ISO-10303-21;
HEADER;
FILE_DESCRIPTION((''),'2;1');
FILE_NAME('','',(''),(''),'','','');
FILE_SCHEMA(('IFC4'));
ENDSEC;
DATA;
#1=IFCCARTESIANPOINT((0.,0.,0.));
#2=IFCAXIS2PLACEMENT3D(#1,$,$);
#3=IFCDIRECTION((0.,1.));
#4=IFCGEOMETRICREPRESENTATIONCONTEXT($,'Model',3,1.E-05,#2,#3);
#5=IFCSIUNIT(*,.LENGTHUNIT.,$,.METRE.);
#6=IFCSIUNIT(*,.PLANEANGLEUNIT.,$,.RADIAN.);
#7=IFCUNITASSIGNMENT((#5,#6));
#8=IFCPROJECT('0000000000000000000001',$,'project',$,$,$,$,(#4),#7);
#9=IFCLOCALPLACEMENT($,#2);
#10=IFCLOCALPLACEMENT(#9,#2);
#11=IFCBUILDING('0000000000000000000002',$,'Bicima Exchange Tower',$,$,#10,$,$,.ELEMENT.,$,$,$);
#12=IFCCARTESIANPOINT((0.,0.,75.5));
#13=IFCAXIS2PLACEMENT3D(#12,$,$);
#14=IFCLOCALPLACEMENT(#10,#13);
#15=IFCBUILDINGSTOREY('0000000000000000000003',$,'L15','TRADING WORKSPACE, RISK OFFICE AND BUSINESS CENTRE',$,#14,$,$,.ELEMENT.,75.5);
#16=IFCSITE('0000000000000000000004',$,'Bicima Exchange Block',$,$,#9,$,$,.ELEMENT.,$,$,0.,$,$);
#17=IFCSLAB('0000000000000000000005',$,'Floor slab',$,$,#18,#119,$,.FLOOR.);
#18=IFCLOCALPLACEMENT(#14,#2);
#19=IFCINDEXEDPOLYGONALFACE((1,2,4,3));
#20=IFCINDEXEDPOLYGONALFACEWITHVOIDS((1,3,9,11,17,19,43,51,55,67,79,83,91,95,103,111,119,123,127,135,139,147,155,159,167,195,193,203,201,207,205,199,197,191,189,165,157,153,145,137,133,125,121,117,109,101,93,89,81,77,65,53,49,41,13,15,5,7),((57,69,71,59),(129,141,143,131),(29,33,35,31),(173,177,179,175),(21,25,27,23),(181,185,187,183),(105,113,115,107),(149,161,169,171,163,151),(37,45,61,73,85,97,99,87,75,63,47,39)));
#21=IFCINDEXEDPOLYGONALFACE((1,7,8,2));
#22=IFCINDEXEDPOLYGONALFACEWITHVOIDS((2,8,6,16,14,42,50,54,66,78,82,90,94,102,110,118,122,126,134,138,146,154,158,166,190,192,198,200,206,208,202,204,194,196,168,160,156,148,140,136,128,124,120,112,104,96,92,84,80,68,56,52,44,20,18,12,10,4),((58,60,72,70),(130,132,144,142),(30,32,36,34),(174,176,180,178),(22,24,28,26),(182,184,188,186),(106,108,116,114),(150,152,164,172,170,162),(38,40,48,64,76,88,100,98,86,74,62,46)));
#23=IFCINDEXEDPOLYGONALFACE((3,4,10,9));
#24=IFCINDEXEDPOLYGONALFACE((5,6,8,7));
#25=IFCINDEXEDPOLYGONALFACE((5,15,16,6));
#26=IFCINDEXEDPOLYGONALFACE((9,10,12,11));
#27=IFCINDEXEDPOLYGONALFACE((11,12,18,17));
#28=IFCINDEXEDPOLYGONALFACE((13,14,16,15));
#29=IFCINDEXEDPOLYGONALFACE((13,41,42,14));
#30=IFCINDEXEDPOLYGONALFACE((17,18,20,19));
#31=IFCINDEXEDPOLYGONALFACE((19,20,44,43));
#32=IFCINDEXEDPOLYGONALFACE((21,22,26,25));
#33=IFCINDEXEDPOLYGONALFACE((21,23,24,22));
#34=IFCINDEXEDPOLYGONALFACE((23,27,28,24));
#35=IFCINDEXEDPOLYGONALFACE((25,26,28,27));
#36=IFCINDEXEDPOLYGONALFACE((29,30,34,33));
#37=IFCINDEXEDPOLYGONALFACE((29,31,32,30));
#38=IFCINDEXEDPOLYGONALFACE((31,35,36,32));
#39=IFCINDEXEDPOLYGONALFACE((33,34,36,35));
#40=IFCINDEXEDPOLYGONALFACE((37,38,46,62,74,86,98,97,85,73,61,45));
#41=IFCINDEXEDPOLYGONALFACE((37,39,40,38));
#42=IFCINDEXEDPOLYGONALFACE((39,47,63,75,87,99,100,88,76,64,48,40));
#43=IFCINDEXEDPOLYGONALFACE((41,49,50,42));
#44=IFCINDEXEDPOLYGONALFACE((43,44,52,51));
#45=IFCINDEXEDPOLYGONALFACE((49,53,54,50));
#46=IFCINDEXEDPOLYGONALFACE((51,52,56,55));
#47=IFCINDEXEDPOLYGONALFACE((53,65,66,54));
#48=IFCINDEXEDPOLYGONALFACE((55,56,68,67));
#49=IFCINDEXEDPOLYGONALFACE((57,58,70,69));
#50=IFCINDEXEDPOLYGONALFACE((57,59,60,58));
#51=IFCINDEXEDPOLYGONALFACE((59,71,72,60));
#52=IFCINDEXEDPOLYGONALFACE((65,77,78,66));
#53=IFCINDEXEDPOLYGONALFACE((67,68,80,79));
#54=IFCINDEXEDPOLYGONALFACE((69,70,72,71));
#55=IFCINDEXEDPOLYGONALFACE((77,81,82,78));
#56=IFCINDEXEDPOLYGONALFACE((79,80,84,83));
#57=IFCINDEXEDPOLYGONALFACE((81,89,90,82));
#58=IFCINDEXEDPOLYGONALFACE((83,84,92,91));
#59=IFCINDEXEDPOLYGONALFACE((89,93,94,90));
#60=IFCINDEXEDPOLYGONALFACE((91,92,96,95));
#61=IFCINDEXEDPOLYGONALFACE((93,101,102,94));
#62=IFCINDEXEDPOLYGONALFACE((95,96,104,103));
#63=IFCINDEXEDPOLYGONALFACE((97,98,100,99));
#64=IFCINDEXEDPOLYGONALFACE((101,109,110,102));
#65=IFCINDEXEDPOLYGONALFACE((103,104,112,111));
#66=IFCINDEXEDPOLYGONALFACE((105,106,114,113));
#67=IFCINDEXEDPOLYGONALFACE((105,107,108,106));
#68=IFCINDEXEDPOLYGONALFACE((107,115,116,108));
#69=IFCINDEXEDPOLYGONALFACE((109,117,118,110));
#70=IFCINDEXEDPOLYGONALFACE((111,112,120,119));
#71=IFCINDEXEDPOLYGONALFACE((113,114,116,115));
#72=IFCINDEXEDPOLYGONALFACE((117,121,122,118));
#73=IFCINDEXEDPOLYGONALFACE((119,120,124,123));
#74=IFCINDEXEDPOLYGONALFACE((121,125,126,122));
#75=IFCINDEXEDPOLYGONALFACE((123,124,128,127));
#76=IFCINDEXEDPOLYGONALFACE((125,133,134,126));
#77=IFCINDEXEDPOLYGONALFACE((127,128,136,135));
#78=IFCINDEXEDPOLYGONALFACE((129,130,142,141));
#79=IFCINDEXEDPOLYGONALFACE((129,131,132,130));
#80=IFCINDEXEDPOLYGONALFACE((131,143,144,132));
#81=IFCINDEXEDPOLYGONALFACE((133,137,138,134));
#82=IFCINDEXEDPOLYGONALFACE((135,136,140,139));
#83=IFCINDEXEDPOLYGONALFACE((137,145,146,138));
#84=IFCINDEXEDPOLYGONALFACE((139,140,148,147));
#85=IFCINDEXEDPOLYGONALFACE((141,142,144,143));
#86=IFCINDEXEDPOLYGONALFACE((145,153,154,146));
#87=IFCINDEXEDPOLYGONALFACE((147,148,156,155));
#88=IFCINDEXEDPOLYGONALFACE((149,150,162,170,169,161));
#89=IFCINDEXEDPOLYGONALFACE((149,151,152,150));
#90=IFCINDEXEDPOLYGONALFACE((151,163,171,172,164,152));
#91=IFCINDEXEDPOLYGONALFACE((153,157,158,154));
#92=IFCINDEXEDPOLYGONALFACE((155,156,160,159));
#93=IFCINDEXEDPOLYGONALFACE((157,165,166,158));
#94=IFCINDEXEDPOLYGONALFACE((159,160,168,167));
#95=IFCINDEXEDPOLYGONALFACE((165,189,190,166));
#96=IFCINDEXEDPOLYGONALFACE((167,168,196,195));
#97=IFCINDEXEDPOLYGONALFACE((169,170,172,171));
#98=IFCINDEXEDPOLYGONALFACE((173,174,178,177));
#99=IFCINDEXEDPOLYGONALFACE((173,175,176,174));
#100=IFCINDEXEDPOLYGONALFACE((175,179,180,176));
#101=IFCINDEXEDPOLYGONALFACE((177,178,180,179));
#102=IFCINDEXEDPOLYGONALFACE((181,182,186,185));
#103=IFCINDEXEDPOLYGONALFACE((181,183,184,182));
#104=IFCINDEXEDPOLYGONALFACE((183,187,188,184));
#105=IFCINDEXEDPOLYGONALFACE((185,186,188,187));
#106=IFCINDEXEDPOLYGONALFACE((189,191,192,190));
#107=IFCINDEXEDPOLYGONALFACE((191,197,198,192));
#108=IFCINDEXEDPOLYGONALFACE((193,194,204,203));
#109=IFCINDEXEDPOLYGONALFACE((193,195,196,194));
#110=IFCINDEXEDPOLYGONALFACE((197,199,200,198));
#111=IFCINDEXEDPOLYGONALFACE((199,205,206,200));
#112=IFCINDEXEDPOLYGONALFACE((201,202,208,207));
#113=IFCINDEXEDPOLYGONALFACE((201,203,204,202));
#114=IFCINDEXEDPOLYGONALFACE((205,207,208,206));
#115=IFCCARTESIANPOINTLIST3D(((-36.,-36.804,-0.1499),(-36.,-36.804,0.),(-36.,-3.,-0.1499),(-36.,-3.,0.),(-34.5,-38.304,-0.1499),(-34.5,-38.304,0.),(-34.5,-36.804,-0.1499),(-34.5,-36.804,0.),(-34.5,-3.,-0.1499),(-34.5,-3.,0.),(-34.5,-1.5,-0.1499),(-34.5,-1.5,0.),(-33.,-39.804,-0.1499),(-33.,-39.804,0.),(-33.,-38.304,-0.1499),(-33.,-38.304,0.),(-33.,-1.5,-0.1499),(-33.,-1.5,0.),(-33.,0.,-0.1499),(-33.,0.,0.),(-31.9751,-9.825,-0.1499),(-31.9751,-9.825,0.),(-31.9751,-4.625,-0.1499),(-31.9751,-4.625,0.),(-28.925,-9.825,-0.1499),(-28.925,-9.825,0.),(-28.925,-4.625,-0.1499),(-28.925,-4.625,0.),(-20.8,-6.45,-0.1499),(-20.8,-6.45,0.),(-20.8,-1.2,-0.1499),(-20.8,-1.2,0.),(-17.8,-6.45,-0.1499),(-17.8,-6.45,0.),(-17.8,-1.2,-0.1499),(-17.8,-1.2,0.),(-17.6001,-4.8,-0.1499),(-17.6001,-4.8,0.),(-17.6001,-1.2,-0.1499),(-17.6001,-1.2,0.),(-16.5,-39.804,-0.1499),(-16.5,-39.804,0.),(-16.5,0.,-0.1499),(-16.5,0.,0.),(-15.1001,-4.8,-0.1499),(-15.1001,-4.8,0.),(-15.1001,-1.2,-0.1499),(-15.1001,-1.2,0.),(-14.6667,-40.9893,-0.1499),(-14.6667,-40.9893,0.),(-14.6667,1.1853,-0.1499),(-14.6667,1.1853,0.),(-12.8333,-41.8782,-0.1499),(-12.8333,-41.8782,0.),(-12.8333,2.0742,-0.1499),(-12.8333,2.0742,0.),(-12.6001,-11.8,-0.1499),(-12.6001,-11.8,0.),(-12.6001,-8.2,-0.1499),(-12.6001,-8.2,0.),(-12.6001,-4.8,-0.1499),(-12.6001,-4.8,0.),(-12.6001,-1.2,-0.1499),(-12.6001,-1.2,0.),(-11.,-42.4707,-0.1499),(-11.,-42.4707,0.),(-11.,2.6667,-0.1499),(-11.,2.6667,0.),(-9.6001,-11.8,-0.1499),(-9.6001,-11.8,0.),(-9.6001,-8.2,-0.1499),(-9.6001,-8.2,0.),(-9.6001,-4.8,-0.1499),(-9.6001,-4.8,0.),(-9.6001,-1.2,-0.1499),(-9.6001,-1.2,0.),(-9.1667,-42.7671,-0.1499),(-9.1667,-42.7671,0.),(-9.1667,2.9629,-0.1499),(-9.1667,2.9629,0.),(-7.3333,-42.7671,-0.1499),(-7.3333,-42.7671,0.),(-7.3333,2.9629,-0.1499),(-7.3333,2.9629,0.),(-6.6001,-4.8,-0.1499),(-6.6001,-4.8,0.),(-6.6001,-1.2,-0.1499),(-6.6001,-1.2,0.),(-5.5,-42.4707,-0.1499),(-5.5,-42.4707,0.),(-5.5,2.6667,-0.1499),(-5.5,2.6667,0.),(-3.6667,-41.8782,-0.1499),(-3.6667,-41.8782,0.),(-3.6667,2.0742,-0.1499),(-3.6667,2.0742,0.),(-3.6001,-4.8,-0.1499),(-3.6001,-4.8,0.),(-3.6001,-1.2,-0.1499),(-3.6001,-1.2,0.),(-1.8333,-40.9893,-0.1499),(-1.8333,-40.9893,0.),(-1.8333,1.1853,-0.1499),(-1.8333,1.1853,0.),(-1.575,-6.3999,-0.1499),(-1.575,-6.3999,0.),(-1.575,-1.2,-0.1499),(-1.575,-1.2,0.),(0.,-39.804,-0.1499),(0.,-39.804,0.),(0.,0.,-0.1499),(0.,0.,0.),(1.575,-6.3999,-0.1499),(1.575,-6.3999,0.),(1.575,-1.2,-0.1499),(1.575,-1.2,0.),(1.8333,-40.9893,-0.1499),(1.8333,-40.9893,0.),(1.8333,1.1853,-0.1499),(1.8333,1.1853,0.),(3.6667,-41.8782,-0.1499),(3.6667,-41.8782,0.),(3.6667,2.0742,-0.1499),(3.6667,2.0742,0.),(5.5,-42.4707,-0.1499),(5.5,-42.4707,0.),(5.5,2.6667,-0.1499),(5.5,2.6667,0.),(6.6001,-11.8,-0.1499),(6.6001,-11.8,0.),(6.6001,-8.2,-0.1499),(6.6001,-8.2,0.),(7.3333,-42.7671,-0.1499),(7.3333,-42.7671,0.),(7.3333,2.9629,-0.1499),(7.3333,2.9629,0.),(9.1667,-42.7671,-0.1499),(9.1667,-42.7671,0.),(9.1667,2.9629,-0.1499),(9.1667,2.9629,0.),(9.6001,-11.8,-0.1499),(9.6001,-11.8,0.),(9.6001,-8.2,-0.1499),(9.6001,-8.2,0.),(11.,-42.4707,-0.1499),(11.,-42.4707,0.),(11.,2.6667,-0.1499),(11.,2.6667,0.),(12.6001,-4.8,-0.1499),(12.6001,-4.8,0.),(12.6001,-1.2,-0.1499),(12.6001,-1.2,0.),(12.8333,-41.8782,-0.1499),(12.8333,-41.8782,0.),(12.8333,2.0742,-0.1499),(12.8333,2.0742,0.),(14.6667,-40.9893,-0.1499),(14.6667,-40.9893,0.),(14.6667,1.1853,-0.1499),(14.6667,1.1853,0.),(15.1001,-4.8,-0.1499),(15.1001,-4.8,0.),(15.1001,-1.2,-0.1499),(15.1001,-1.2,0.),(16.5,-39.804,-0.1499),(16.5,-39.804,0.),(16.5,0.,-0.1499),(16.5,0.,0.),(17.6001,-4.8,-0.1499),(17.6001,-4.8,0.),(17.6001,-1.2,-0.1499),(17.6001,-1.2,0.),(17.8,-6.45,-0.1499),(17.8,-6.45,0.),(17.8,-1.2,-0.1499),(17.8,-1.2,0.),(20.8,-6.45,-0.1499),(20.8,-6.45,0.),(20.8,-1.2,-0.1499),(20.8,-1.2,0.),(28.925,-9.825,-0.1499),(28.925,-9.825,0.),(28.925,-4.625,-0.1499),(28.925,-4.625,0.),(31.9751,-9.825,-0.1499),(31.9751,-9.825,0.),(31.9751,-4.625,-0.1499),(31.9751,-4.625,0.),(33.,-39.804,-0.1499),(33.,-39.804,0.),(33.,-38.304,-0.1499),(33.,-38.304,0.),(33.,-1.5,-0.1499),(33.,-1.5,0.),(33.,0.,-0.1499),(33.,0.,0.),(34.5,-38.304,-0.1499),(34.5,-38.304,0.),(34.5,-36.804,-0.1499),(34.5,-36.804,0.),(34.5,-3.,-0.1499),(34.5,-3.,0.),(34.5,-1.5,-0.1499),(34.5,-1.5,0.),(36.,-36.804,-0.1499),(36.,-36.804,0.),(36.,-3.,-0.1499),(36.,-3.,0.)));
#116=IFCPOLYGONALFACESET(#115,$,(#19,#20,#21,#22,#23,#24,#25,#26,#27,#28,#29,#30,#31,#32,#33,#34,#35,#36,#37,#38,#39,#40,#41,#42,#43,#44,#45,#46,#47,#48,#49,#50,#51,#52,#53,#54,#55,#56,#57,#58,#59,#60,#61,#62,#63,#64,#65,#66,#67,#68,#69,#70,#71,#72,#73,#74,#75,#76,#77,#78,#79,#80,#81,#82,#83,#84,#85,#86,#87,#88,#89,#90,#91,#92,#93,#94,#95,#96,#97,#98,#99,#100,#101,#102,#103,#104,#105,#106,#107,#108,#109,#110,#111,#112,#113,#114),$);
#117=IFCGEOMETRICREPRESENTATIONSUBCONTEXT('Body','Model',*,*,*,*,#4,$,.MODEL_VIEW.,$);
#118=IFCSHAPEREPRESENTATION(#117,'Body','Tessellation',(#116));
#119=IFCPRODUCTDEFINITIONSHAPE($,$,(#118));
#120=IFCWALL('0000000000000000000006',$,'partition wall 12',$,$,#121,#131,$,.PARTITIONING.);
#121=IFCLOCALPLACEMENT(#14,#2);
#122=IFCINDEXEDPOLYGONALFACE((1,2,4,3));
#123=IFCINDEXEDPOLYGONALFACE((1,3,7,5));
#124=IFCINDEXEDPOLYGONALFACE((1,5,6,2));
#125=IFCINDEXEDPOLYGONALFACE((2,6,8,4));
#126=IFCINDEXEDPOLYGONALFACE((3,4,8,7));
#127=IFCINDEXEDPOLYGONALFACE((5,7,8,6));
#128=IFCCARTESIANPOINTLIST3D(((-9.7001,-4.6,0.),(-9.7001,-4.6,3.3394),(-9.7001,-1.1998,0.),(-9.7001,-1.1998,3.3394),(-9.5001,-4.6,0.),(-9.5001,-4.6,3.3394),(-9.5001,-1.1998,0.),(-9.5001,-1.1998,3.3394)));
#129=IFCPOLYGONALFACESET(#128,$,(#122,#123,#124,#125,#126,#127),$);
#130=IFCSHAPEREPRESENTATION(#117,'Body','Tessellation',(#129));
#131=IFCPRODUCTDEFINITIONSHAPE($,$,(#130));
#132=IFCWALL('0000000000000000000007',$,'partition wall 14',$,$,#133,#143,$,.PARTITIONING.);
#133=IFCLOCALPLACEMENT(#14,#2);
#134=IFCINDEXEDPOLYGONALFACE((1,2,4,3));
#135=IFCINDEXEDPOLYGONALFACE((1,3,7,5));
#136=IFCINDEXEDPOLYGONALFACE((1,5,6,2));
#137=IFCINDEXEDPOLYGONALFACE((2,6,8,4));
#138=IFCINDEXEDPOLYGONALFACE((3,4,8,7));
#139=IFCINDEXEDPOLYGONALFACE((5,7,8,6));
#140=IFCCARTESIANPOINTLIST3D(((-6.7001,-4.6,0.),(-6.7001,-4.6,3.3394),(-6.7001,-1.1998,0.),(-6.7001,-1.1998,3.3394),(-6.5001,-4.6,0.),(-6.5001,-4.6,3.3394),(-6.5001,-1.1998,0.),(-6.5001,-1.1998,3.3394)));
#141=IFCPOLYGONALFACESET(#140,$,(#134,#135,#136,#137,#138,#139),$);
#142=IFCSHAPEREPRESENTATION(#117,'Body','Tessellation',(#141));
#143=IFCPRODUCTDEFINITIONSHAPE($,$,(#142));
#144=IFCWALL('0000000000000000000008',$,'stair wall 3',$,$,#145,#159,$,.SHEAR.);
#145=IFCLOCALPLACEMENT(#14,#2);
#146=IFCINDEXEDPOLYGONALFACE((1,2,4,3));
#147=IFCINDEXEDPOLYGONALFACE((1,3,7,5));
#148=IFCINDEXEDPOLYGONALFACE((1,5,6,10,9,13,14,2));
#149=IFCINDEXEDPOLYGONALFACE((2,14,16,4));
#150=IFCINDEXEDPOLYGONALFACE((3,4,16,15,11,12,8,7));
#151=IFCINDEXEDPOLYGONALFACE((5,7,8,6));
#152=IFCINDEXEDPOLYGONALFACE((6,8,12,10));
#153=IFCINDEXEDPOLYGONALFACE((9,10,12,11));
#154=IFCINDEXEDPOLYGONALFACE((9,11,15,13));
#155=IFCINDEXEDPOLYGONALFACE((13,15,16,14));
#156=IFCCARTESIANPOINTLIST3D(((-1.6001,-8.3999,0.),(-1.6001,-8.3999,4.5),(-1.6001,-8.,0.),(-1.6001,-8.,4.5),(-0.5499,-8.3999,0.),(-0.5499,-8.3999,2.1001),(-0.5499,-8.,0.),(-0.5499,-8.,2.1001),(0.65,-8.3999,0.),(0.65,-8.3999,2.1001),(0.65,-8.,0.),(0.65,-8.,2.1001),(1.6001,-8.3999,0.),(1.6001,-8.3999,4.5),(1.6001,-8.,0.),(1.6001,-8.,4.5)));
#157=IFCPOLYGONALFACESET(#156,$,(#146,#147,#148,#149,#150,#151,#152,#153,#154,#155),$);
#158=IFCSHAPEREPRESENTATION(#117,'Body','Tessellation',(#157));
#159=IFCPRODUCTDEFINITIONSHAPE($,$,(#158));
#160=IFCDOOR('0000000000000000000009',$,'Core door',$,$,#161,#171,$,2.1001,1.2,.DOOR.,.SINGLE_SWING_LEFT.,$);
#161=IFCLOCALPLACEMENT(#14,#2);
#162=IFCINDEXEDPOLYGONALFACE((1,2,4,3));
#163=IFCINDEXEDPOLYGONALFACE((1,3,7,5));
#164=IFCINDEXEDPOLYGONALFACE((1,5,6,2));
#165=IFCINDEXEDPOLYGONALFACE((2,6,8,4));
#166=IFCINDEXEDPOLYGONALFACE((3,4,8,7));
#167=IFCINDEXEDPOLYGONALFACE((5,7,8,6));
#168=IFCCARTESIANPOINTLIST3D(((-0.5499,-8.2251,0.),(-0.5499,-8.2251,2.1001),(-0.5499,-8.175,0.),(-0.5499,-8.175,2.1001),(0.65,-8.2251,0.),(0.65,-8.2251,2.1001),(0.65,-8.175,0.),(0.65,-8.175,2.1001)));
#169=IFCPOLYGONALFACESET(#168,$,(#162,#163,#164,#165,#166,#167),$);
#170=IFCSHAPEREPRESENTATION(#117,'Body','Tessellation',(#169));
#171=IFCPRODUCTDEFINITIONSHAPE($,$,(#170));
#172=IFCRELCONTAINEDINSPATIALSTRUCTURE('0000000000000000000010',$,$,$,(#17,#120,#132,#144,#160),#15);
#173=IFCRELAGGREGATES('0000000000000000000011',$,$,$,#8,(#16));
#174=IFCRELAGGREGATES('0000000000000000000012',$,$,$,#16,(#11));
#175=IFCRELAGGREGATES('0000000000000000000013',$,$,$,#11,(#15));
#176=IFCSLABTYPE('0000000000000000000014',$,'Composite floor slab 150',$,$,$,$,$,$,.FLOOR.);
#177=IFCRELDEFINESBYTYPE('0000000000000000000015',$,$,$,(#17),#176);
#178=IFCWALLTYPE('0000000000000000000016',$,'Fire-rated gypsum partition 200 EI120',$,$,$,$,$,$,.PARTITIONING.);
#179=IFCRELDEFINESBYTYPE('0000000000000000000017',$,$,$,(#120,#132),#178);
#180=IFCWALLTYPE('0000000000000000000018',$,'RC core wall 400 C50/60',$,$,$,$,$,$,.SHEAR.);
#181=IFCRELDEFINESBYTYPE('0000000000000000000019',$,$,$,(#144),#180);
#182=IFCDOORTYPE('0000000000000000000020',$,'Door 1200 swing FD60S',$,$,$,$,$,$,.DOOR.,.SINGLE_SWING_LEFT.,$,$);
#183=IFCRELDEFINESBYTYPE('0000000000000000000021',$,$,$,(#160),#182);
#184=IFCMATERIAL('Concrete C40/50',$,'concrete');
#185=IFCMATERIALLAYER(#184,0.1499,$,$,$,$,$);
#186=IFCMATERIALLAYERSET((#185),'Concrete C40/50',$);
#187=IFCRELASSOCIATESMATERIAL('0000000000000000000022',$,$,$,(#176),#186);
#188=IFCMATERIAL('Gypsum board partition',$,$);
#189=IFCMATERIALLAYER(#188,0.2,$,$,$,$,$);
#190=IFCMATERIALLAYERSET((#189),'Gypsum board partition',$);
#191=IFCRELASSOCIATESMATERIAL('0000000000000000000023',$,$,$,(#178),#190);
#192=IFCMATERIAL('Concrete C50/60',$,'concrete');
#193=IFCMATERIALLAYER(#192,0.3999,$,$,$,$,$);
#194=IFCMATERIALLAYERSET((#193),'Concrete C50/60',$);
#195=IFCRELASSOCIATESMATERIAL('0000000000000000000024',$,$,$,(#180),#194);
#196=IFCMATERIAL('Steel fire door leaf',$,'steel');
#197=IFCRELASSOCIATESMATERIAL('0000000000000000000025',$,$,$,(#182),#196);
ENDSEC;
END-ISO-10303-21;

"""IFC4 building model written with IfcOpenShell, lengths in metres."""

from ifc_helpers import new_model, si_unit, direction, frame, frame_2d, origin, place, context, subcontext, project, spatial, polyline, rectangle, outline, extrude, material, layer, layer_set, type_object, element, fill, save


model = new_model("IFC4")

# Units and contexts
model_context = context("Model", 3, precision=1e-05, world=origin(), true_north=direction((0.0, 1.0)))
body_context = subcontext(model_context, "Body", "Model", "MODEL_VIEW")
ifc_project = project(units=[si_unit("LENGTHUNIT", "METRE"), si_unit("PLANEANGLEUNIT", "RADIAN")], contexts=[model_context])

# Site, building, storey
site_placement = place(None, origin())
site = spatial("IfcSite", under=ifc_project, at=site_placement, Name="Bicima Exchange Block", CompositionType="ELEMENT", RefElevation=0.0)
building_placement = place(site_placement, origin())
building = spatial("IfcBuilding", under=site, at=building_placement, Name="Bicima Exchange Tower", CompositionType="ELEMENT")
storey_placement = place(building_placement, frame((0.0, 0.0, 75.5)))
storey = spatial("IfcBuildingStorey", under=building, at=storey_placement, Name="L15", Description="TRADING WORKSPACE, RISK OFFICE AND BUSINESS CENTRE", CompositionType="ELEMENT", Elevation=75.5)

# Slab
ifc_material_1 = material(Name="Concrete C40/50", Category="concrete")
ifc_layer_1 = layer(ifc_material_1, 0.1499)
ifc_layer_set_1 = layer_set([ifc_layer_1], Name="Concrete C40/50")
slab_type = type_object("IfcSlabType", Name="Composite floor slab 150", PredefinedType="FLOOR", material=ifc_layer_set_1)
slab_placement = place(storey_placement, frame((0.0, 0.0, -0.1499)))
element("IfcSlab", 1, at=slab_placement, inside=storey, type_object=slab_type, Name="Floor slab", PredefinedType="FLOOR", context=body_context, shape_type="SweptSolid", body=[
    extrude(outline(polyline([(-36.0, -36.804), (-36.0, -3.0), (-34.5, -3.0), (-34.5, -1.5), (-33.0, -1.5), (-33.0, 0.0), (-16.5, 0.0), (-14.6667, 1.1853), (-12.8333, 2.0742), (-11.0, 2.6667), (-9.1667, 2.9629), (-7.3333, 2.9629), (-5.5, 2.6667), (-3.6667, 2.0742), (-1.8333, 1.1853), (0.0, 0.0), (1.8333, 1.1853), (3.6667, 2.0742), (5.5, 2.6667), (7.3333, 2.9629), (9.1667, 2.9629), (11.0, 2.6667), (12.8333, 2.0742), (14.6667, 1.1853), (16.5, 0.0), (33.0, 0.0), (33.0, -1.5), (34.5, -1.5), (34.5, -3.0), (36.0, -3.0), (36.0, -36.804), (34.5, -36.804), (34.5, -38.304), (33.0, -38.304), (33.0, -39.804), (16.5, -39.804), (14.6667, -40.9893), (12.8333, -41.8782), (11.0, -42.4707), (9.1667, -42.7671), (7.3333, -42.7671), (5.5, -42.4707), (3.6667, -41.8782), (1.8333, -40.9893), (0.0, -39.804), (-1.8333, -40.9893), (-3.6667, -41.8782), (-5.5, -42.4707), (-7.3333, -42.7671), (-9.1667, -42.7671), (-11.0, -42.4707), (-12.8333, -41.8782), (-14.6667, -40.9893), (-16.5, -39.804), (-33.0, -39.804), (-33.0, -38.304), (-34.5, -38.304), (-34.5, -36.804), (-36.0, -36.804)]), holes=[polyline([(-9.6001, -11.8), (-9.6001, -8.2), (-12.6001, -8.2), (-12.6001, -11.8), (-9.6001, -11.8)]), polyline([(-31.9751, -9.825), (-28.925, -9.825), (-28.925, -4.625), (-31.9751, -4.625), (-31.9751, -9.825)]), polyline([(-20.8, -6.45), (-17.8, -6.45), (-17.8, -1.2), (-20.8, -1.2), (-20.8, -6.45)]), polyline([(-9.6001, -1.2), (-12.6001, -1.2), (-15.1001, -1.2), (-17.6001, -1.2), (-17.6001, -4.8), (-15.1001, -4.8), (-12.6001, -4.8), (-9.6001, -4.8), (-6.6001, -4.8), (-3.6001, -4.8), (-3.6001, -1.2), (-6.6001, -1.2), (-9.6001, -1.2)]), polyline([(9.6001, -11.8), (9.6001, -8.2), (6.6001, -8.2), (6.6001, -11.8), (9.6001, -11.8)]), polyline([(28.925, -9.825), (31.9751, -9.825), (31.9751, -4.625), (28.925, -4.625), (28.925, -9.825)]), polyline([(17.8, -6.45), (20.8, -6.45), (20.8, -1.2), (17.8, -1.2), (17.8, -6.45)]), polyline([(-1.575, -6.3999), (1.575, -6.3999), (1.575, -1.2), (-1.575, -1.2), (-1.575, -6.3999)]), polyline([(17.6001, -4.8), (17.6001, -1.2), (15.1001, -1.2), (12.6001, -1.2), (12.6001, -4.8), (15.1001, -4.8), (17.6001, -4.8)])]), origin(), (0.0, 0.0, 1.0), 0.1499),
])

# Walls
ifc_material_2 = material(Name="Gypsum board partition")
ifc_layer_2 = layer(ifc_material_2, 0.2)
ifc_layer_set_2 = layer_set([ifc_layer_2], Name="Gypsum board partition")
wall_type_1 = type_object("IfcWallType", Name="Fire-rated gypsum partition 200 EI120", PredefinedType="PARTITIONING", material=ifc_layer_set_2)
for number, where, z_axis, x_axis, name in (
    (2, (-9.6001, -4.6001, 0.0), (0.0, 0.0, 1.0), (0.0, 1.0, 0.0), "partition wall 12"),
    (3, (-6.6001, -4.6001, 0.0), (0.0, 0.0, 1.0), (0.0, 1.0, 0.0), "partition wall 14"),
):
    element("IfcWall", number, at=place(storey_placement, frame(where, z_axis=z_axis, x_axis=x_axis)), inside=storey, type_object=wall_type_1, Name=name, PredefinedType="PARTITIONING", context=body_context, shape_type="SweptSolid", body=[
        extrude(rectangle(XDim=3.4001, YDim=0.2, at=frame_2d((1.7002, 0.0))), origin(), (0.0, 0.0, 1.0), 3.3394),
    ])

# Wall, opening, door
ifc_material_3 = material(Name="Concrete C50/60", Category="concrete")
ifc_layer_3 = layer(ifc_material_3, 0.3999)
ifc_layer_set_3 = layer_set([ifc_layer_3], Name="Concrete C50/60")
wall_type_2 = type_object("IfcWallType", Name="RC core wall 400 C50/60", PredefinedType="SHEAR", material=ifc_layer_set_3)
wall_1_placement = place(storey_placement, frame((-1.6001, -8.2, 0.0), z_axis=(0.0, 0.0, 1.0), x_axis=(1.0, 0.0, 0.0)))
wall_1 = element("IfcWall", 4, at=wall_1_placement, inside=storey, type_object=wall_type_2, Name="stair wall 3", PredefinedType="SHEAR", context=body_context, shape_type="SweptSolid", body=[
    extrude(rectangle(XDim=3.2002, YDim=0.3999, at=frame_2d((1.6001, 0.0))), origin(), (0.0, 0.0, 1.0), 4.5),
])
opening_1_placement = place(wall_1_placement, frame((1.05, 0.0, 0.0)))
opening_1 = element("IfcOpeningElement", 5, at=opening_1_placement, cuts=wall_1, PredefinedType="OPENING", context=body_context, shape_type="SweptSolid", body=[
    extrude(rectangle(XDim=1.2, YDim=2.1001, at=frame_2d((0.6001, 1.05))), frame((0.0, 0.2119, 0.0), z_axis=(0.0, -1.0, 0.0), x_axis=(1.0, 0.0, 0.0)), (0.0, 0.0, 1.0), 0.4238),
])
ifc_material_4 = material(Name="Steel fire door leaf", Category="steel")
door_type_1 = type_object("IfcDoorType", Name="Door 1200 swing FD60S", OperationType="SINGLE_SWING_LEFT", PredefinedType="DOOR", material=ifc_material_4)
door_1_placement = place(opening_1_placement, origin())
door_1 = element("IfcDoor", 6, at=door_1_placement, inside=storey, type_object=door_type_1, Name="Core door", OperationType="SINGLE_SWING_LEFT", OverallHeight=2.1001, OverallWidth=1.2, PredefinedType="DOOR", context=body_context, shape_type="SweptSolid", body=[
    extrude(rectangle(XDim=1.2, YDim=2.1001, at=frame_2d((0.6001, 1.05))), frame((0.0, 0.0249, 0.0), z_axis=(0.0, -1.0, 0.0), x_axis=(1.0, 0.0, 0.0)), (0.0, 0.0, 1.0), 0.05),
])
fill(opening_1, door_1)

save(model, "model.ifc")
